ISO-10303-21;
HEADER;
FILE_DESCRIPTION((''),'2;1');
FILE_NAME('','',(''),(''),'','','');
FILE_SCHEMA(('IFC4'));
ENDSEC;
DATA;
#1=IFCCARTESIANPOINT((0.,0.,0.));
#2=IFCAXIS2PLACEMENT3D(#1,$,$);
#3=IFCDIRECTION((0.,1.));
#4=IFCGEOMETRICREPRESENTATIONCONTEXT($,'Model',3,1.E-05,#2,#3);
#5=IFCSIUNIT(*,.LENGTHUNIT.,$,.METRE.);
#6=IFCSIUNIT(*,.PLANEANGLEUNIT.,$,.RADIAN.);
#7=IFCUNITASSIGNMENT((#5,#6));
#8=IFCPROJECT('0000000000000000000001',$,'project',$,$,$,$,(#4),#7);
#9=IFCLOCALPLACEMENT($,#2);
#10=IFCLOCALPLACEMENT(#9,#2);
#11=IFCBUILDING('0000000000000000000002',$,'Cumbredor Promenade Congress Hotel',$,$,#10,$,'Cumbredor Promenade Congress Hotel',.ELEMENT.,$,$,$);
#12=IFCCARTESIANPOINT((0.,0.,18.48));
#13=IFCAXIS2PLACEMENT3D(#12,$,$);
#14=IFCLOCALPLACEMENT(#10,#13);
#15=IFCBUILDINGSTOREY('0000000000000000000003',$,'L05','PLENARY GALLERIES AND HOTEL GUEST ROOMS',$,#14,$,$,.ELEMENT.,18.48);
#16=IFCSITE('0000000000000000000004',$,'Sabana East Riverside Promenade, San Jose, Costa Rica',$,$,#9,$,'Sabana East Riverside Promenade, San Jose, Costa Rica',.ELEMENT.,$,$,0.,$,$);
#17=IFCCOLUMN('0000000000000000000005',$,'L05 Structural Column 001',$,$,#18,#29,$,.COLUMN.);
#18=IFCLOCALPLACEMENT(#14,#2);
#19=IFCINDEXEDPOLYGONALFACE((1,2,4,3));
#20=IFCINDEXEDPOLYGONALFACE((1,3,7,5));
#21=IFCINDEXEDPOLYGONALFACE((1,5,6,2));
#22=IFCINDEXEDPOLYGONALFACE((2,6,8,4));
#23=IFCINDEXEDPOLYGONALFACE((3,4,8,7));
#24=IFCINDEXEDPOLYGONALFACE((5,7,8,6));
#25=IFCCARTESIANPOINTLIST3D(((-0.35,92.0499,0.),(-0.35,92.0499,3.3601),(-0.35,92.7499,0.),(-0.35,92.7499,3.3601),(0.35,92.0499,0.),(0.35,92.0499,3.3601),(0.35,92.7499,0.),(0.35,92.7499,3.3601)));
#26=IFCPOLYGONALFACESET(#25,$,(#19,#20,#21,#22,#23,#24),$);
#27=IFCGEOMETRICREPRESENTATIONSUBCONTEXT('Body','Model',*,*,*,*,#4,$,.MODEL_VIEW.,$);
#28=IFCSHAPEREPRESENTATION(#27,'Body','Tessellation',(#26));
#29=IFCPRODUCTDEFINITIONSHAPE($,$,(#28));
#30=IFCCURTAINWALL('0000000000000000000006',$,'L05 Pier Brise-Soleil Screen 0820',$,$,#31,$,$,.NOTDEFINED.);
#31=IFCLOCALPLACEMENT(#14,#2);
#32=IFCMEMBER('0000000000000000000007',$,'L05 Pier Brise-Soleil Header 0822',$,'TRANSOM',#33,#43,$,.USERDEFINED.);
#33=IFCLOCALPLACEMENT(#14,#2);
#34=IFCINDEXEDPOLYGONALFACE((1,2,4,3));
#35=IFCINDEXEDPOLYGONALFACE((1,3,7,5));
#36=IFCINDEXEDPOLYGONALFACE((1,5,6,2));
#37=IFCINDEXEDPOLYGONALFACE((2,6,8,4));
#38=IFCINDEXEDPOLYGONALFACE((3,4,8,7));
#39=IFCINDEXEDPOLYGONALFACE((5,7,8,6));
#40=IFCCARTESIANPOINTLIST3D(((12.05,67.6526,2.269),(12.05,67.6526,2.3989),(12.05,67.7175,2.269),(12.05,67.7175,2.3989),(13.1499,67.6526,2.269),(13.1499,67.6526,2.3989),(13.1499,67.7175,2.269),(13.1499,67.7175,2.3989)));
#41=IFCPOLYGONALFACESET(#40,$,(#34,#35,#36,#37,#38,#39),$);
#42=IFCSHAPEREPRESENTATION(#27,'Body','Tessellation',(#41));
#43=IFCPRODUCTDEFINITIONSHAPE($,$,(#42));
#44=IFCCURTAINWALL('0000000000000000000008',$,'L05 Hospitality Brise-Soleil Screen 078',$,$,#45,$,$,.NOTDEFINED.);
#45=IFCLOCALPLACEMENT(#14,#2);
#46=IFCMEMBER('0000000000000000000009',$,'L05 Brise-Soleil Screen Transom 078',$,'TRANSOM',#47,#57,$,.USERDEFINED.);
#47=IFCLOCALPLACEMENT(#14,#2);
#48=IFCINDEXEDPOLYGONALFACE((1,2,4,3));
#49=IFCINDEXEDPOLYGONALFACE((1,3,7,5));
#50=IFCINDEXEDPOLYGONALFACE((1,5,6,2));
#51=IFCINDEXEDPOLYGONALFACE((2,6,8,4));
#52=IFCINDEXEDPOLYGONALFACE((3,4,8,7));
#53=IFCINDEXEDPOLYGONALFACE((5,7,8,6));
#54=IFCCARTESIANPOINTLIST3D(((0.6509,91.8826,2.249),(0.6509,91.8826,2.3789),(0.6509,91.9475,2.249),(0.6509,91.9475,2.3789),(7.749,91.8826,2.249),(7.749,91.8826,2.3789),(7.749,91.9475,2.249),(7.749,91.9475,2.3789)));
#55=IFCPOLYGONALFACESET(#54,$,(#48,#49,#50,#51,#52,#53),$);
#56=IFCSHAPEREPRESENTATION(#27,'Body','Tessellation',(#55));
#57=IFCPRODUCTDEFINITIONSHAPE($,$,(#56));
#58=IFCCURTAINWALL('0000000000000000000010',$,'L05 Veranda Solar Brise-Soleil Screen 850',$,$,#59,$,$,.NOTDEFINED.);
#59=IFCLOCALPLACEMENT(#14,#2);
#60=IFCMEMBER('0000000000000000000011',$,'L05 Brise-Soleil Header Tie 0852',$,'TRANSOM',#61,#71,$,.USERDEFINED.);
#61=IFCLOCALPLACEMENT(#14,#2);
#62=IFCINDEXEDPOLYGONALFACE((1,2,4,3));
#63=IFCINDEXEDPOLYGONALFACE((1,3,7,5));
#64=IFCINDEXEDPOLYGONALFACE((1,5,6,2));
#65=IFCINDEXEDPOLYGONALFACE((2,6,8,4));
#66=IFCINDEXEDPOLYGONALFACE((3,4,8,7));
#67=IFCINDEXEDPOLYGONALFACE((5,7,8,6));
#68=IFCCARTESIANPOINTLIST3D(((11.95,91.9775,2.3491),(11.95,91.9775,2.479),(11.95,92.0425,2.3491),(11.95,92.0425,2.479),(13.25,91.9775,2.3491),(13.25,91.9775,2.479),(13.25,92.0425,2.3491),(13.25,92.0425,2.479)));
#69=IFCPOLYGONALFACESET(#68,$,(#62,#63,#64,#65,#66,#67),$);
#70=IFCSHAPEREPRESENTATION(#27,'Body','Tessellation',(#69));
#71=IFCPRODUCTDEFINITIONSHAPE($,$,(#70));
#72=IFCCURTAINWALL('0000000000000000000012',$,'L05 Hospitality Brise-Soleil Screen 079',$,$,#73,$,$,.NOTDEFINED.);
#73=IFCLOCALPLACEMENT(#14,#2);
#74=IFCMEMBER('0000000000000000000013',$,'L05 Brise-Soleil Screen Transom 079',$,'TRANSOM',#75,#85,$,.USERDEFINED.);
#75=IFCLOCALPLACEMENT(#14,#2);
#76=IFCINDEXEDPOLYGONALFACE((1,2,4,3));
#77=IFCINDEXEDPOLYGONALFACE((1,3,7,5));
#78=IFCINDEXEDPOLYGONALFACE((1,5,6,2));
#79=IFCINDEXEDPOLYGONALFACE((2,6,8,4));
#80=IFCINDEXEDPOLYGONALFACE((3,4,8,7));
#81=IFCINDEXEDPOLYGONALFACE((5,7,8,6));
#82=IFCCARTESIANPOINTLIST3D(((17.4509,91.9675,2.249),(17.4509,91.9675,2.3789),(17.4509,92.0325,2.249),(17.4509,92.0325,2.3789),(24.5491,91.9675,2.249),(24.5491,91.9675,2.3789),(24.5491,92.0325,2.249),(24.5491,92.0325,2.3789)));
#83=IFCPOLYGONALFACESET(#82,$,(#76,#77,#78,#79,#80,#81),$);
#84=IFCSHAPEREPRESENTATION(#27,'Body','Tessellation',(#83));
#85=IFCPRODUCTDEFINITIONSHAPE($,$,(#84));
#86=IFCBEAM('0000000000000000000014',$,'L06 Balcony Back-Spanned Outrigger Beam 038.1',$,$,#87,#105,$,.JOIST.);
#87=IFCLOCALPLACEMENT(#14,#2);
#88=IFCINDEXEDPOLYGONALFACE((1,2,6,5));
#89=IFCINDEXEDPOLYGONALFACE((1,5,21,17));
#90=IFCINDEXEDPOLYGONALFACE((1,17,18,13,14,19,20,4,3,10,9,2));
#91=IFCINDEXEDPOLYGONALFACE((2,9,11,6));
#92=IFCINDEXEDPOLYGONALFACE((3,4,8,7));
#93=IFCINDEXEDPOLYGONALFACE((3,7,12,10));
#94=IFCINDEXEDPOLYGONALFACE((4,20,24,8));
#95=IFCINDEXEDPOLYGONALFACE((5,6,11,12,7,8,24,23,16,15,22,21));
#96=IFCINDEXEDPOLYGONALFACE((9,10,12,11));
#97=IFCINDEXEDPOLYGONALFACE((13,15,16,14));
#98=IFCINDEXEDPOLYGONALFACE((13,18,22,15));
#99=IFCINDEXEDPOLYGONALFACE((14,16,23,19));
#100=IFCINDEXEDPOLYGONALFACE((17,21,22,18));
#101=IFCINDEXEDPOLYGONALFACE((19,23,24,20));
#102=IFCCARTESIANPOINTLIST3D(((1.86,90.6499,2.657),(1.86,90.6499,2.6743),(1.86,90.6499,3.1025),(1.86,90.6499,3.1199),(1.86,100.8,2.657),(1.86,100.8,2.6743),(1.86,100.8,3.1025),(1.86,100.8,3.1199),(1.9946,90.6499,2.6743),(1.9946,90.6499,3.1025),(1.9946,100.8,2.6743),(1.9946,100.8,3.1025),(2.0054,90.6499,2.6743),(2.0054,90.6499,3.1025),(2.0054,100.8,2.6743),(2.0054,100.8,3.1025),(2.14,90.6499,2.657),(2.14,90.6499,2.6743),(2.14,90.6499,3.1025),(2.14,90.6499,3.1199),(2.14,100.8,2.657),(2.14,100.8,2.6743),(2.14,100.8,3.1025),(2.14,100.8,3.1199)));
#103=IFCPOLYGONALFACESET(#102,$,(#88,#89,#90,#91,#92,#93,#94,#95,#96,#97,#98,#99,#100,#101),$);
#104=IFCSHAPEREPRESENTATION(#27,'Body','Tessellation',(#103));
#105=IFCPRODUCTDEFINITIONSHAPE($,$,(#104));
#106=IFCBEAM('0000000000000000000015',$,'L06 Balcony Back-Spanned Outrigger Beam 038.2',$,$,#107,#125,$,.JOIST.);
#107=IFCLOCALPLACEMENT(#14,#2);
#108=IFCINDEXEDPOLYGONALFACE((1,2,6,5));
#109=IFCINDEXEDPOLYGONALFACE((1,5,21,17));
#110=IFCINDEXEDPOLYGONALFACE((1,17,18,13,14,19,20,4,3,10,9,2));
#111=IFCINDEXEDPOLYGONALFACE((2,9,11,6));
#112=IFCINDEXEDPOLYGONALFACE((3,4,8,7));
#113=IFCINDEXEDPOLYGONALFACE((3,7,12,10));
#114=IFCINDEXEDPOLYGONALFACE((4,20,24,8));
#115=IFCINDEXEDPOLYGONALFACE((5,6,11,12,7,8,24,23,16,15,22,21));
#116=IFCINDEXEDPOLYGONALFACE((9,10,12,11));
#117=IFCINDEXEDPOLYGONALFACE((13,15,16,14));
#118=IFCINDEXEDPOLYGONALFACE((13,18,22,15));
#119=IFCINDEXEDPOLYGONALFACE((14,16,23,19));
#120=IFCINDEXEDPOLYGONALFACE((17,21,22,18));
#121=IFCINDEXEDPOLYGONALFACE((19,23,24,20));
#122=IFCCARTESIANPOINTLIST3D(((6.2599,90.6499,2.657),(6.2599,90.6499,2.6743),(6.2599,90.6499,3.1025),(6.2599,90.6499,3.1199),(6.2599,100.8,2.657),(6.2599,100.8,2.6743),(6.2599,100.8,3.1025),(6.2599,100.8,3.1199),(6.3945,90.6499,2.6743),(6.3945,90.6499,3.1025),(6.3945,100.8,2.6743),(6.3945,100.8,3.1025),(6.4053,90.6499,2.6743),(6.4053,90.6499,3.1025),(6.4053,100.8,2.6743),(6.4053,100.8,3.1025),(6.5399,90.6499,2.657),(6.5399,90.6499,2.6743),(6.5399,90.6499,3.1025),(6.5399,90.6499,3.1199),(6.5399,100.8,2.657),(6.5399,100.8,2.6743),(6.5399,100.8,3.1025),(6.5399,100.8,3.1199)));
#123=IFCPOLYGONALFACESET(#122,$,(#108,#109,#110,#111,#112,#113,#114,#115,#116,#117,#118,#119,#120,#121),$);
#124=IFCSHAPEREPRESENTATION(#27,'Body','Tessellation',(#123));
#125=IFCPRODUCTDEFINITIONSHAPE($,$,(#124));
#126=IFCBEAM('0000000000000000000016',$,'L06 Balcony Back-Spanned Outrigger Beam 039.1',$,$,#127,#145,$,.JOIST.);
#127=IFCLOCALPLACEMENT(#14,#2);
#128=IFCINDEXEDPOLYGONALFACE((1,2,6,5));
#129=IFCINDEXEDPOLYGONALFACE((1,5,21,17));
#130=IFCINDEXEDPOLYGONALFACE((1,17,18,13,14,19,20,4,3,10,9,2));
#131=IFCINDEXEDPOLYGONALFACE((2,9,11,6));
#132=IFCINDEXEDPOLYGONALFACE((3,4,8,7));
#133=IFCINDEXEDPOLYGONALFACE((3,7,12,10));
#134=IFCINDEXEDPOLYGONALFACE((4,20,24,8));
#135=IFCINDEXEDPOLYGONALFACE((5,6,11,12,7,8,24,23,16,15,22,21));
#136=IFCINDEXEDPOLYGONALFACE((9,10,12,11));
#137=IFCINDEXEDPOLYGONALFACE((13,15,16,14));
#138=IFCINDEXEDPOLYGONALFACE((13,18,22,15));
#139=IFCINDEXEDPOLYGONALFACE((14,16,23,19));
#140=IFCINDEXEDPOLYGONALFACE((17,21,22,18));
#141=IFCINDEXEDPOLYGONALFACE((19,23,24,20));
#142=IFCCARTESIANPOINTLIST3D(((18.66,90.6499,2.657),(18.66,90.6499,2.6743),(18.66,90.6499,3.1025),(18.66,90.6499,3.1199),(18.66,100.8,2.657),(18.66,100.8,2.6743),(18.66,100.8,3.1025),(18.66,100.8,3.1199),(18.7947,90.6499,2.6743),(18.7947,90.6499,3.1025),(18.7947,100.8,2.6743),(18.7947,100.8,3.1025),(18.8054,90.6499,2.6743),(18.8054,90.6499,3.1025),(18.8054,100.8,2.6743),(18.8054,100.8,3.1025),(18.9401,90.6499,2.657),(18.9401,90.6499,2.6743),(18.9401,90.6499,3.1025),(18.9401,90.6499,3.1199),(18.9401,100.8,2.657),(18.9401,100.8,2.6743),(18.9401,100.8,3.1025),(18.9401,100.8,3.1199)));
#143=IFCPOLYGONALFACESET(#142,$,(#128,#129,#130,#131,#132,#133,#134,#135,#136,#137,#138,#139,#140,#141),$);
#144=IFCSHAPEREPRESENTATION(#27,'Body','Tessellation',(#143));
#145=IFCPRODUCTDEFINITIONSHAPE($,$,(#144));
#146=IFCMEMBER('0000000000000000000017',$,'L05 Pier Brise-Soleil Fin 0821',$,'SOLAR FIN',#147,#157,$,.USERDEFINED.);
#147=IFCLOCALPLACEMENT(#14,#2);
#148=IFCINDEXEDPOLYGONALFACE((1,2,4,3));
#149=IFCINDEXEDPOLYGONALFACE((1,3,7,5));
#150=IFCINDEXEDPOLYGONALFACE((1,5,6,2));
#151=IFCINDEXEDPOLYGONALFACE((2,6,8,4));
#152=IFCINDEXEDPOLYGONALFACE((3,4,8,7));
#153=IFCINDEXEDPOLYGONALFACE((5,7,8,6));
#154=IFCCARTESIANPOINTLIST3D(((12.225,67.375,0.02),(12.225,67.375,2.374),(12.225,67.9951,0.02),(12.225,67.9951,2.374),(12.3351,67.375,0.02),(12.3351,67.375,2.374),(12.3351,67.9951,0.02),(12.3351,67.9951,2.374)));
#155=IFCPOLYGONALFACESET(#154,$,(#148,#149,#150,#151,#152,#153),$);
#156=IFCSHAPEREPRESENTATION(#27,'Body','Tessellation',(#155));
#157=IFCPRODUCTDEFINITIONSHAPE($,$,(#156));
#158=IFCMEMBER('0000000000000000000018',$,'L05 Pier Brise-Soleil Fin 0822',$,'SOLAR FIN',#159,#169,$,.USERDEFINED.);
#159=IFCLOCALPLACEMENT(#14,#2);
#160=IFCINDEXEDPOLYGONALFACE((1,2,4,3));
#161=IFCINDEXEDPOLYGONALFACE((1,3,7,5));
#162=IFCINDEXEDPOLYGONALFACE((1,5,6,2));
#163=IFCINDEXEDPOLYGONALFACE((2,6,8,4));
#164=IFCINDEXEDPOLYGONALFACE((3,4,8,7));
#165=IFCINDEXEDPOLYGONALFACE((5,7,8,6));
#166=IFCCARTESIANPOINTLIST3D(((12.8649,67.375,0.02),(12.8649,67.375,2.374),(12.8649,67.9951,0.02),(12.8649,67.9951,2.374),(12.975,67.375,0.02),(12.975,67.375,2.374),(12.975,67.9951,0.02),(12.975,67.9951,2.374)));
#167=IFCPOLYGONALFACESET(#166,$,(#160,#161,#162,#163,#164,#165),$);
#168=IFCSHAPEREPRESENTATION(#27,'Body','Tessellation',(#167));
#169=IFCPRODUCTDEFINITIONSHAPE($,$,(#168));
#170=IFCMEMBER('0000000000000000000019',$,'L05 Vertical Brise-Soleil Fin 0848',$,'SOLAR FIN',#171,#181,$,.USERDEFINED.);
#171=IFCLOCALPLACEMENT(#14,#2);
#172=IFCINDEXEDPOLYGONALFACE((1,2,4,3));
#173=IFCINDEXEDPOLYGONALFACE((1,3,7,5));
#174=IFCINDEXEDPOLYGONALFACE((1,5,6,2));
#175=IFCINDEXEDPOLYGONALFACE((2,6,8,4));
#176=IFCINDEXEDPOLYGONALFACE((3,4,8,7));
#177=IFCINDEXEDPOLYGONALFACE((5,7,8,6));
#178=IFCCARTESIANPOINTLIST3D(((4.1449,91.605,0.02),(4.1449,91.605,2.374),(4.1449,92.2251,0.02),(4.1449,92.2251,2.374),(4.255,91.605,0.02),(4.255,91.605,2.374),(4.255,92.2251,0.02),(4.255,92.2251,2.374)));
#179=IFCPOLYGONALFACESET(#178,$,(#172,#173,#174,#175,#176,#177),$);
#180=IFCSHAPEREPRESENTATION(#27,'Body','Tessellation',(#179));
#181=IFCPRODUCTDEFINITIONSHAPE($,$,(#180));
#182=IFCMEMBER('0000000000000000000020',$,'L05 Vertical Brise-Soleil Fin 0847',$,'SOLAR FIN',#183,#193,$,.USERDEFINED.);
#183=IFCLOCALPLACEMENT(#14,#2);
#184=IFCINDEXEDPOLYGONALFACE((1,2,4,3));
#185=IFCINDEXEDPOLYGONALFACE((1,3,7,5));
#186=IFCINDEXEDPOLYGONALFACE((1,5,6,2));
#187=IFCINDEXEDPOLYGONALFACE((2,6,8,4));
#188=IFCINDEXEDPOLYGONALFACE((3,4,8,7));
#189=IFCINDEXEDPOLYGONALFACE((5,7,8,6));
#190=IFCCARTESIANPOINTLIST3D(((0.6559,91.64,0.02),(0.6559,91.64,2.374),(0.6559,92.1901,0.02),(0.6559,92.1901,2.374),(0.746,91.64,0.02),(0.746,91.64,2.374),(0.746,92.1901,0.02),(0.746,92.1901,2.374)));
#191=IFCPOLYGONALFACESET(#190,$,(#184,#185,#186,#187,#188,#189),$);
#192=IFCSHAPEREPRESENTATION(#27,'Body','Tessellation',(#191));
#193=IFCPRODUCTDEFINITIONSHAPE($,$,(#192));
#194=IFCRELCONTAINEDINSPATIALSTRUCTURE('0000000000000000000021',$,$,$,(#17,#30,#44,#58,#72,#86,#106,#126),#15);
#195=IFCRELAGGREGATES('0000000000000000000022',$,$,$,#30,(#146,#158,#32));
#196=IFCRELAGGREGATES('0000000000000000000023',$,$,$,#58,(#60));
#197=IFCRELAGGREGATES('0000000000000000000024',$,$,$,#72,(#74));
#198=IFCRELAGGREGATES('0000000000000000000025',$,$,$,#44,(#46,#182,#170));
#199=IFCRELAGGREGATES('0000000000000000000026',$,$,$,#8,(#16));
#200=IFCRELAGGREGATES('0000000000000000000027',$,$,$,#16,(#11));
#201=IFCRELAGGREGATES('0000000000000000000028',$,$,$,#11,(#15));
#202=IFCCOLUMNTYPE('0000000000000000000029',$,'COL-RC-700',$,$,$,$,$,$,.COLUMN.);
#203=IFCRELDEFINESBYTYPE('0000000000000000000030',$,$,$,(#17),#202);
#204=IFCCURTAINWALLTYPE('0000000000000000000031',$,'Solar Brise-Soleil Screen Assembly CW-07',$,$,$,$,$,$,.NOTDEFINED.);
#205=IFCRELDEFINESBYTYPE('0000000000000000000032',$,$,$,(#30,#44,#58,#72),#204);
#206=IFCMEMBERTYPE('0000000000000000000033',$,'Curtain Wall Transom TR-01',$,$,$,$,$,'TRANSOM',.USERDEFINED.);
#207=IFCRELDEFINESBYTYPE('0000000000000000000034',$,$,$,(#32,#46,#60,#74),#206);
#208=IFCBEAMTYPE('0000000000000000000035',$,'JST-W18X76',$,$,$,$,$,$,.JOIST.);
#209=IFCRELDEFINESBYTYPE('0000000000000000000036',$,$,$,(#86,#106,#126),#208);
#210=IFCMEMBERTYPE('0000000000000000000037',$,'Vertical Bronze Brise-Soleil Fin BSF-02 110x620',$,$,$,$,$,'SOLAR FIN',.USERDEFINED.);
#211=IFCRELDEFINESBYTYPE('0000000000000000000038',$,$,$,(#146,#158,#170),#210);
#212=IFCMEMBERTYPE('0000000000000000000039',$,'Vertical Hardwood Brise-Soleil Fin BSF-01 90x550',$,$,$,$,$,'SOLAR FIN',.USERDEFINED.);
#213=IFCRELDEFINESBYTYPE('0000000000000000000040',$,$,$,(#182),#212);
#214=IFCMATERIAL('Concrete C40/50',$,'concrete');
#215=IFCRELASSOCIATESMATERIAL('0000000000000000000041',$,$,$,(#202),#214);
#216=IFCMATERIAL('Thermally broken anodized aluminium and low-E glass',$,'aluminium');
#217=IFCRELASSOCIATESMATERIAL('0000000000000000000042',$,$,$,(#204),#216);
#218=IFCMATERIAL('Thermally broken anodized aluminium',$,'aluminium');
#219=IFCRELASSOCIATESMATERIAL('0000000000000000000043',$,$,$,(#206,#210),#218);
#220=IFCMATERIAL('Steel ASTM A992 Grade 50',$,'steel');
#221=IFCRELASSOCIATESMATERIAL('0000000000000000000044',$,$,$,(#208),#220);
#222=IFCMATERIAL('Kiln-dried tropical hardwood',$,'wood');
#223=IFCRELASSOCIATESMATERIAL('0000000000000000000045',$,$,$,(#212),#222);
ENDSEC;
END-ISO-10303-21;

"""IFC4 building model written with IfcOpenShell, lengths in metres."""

from ifc_helpers import new_model, si_unit, direction, frame, origin, origin_2d, place, context, subcontext, project, spatial, rectangle, i_section, extrude, material, material_profile, profile_set, type_object, element, aggregate, save


model = new_model("IFC4")

# Units and contexts
model_context = context("Model", 3, precision=1e-05, world=origin(), true_north=direction((0.0, 1.0)))
body_context = subcontext(model_context, "Body", "Model", "MODEL_VIEW")
ifc_project = project(units=[si_unit("LENGTHUNIT", "METRE"), si_unit("PLANEANGLEUNIT", "RADIAN")], contexts=[model_context])

# Site, building, storey
site_placement = place(None, origin())
site = spatial("IfcSite", under=ifc_project, at=site_placement, Name="Sabana East Riverside Promenade, San Jose, Costa Rica", LongName="Sabana East Riverside Promenade, San Jose, Costa Rica", CompositionType="ELEMENT", RefElevation=0.0)
building_placement = place(site_placement, origin())
building = spatial("IfcBuilding", under=site, at=building_placement, Name="Cumbredor Promenade Congress Hotel", LongName="Cumbredor Promenade Congress Hotel", CompositionType="ELEMENT")
storey_placement = place(building_placement, frame((0.0, 0.0, 18.48)))
storey = spatial("IfcBuildingStorey", under=building, at=storey_placement, Name="L05", Description="PLENARY GALLERIES AND HOTEL GUEST ROOMS", CompositionType="ELEMENT", Elevation=18.48)

# Column
ifc_material_1 = material(Name="Concrete C40/50", Category="concrete")
ifc_material_profile_1 = material_profile(ifc_material_1, rectangle(XDim=0.7, YDim=0.7, at=origin_2d()), Name="RC 700x700")
ifc_profile_set_1 = profile_set([ifc_material_profile_1], Name="Concrete C40/50")
column_type = type_object("IfcColumnType", Name="COL-RC-700", PredefinedType="COLUMN", material=ifc_profile_set_1)
column_placement = place(storey_placement, frame((0.0, 92.3999, 0.0), z_axis=(0.0, 0.0, 1.0), x_axis=(1.0, 0.0, 0.0)))
element("IfcColumn", 1, at=column_placement, inside=storey, type_object=column_type, Name="L05 Structural Column 001", PredefinedType="COLUMN", context=body_context, shape_type="SweptSolid", body=[
    extrude(rectangle(XDim=0.7, YDim=0.7, at=origin_2d()), origin(), (0.0, 0.0, 1.0), 3.3601),
])

# Curtain walls, members
ifc_material_2 = material(Name="Thermally broken anodized aluminium and low-E glass", Category="aluminium")
curtain_wall_type = type_object("IfcCurtainWallType", Name="Solar Brise-Soleil Screen Assembly CW-07", PredefinedType="NOTDEFINED", material=ifc_material_2)
curtain_wall_1_placement = place(storey_placement, origin())
curtain_wall_1 = element("IfcCurtainWall", 2, at=curtain_wall_1_placement, inside=storey, type_object=curtain_wall_type, Name="L05 Pier Brise-Soleil Screen 0820", PredefinedType="NOTDEFINED")
ifc_material_3 = material(Name="Thermally broken anodized aluminium", Category="aluminium")
ifc_material_profile_2 = material_profile(ifc_material_3, rectangle(XDim=0.0649, YDim=0.1299, at=origin_2d()), Name="ALU TRANSOM 65x130")
ifc_profile_set_2 = profile_set([ifc_material_profile_2], Name="Thermally broken anodized aluminium")
member_type_1 = type_object("IfcMemberType", Name="Curtain Wall Transom TR-01", ElementType="TRANSOM", PredefinedType="USERDEFINED", material=ifc_profile_set_2)
member_1_placement = place(storey_placement, frame((12.05, 67.6851, 2.334), z_axis=(1.0, 0.0, 0.0), x_axis=(0.0, 1.0, 0.0)))
member_1 = element("IfcMember", 3, at=member_1_placement, type_object=member_type_1, Name="L05 Pier Brise-Soleil Header 0822", ObjectType="TRANSOM", PredefinedType="USERDEFINED", context=body_context, shape_type="SweptSolid", body=[
    extrude(rectangle(XDim=0.0649, YDim=0.1299, at=origin_2d()), origin(), (0.0, 0.0, 1.0), 1.0999),
])
curtain_wall_2_placement = place(storey_placement, origin())
curtain_wall_2 = element("IfcCurtainWall", 4, at=curtain_wall_2_placement, inside=storey, type_object=curtain_wall_type, Name="L05 Hospitality Brise-Soleil Screen 078", PredefinedType="NOTDEFINED")
member_2_placement = place(storey_placement, frame((0.6509, 91.915, 2.314), z_axis=(1.0, 0.0, 0.0), x_axis=(0.0, 1.0, 0.0)))
member_2 = element("IfcMember", 5, at=member_2_placement, type_object=member_type_1, Name="L05 Brise-Soleil Screen Transom 078", ObjectType="TRANSOM", PredefinedType="USERDEFINED", context=body_context, shape_type="SweptSolid", body=[
    extrude(rectangle(XDim=0.0649, YDim=0.1299, at=origin_2d()), origin(), (0.0, 0.0, 1.0), 7.0981),
])
curtain_wall_3_placement = place(storey_placement, origin())
curtain_wall_3 = element("IfcCurtainWall", 6, at=curtain_wall_3_placement, inside=storey, type_object=curtain_wall_type, Name="L05 Veranda Solar Brise-Soleil Screen 850", PredefinedType="NOTDEFINED")
member_3_placement = place(storey_placement, frame((11.95, 92.01, 2.4141), z_axis=(1.0, 0.0, 0.0), x_axis=(0.0, 1.0, 0.0)))
member_3 = element("IfcMember", 7, at=member_3_placement, type_object=member_type_1, Name="L05 Brise-Soleil Header Tie 0852", ObjectType="TRANSOM", PredefinedType="USERDEFINED", context=body_context, shape_type="SweptSolid", body=[
    extrude(rectangle(XDim=0.0649, YDim=0.1299, at=origin_2d()), origin(), (0.0, 0.0, 1.0), 1.3),
])
curtain_wall_4_placement = place(storey_placement, origin())
curtain_wall_4 = element("IfcCurtainWall", 8, at=curtain_wall_4_placement, inside=storey, type_object=curtain_wall_type, Name="L05 Hospitality Brise-Soleil Screen 079", PredefinedType="NOTDEFINED")
member_4_placement = place(storey_placement, frame((17.4509, 92.0, 2.314), z_axis=(1.0, 0.0, 0.0), x_axis=(0.0, 1.0, 0.0)))
member_4 = element("IfcMember", 9, at=member_4_placement, type_object=member_type_1, Name="L05 Brise-Soleil Screen Transom 079", ObjectType="TRANSOM", PredefinedType="USERDEFINED", context=body_context, shape_type="SweptSolid", body=[
    extrude(rectangle(XDim=0.0649, YDim=0.1299, at=origin_2d()), origin(), (0.0, 0.0, 1.0), 7.0981),
])

# Beams
ifc_material_4 = material(Name="Steel ASTM A992 Grade 50", Category="steel")
ifc_material_profile_3 = material_profile(ifc_material_4, i_section(OverallWidth=0.28, OverallDepth=0.4629, WebThickness=0.0107, FlangeThickness=0.0173, at=origin_2d()), Name="W18X76")
ifc_profile_set_3 = profile_set([ifc_material_profile_3], Name="Steel ASTM A992 Grade 50")
beam_type = type_object("IfcBeamType", Name="JST-W18X76", PredefinedType="JOIST", material=ifc_profile_set_3)
for number, where, z_axis, x_axis, name in (
    (10, (2.0, 90.6499, 2.8884), (0.0, 1.0, 0.0), (-1.0, 0.0, 0.0), "L06 Balcony Back-Spanned Outrigger Beam 038.1"),
    (11, (6.3999, 90.6499, 2.8884), (0.0, 1.0, 0.0), (-1.0, 0.0, 0.0), "L06 Balcony Back-Spanned Outrigger Beam 038.2"),
    (12, (18.8, 90.6499, 2.8884), (0.0, 1.0, 0.0), (-1.0, 0.0, 0.0), "L06 Balcony Back-Spanned Outrigger Beam 039.1"),
):
    element("IfcBeam", number, at=place(storey_placement, frame(where, z_axis=z_axis, x_axis=x_axis)), inside=storey, type_object=beam_type, Name=name, PredefinedType="JOIST", context=body_context, shape_type="SweptSolid", body=[
        extrude(i_section(OverallWidth=0.28, OverallDepth=0.4629, WebThickness=0.0107, FlangeThickness=0.0173, at=origin_2d()), origin(), (0.0, 0.0, 1.0), 10.1501),
    ])

# Members
ifc_material_profile_4 = material_profile(ifc_material_3, rectangle(XDim=0.1101, YDim=0.6201, at=origin_2d()), Name="ARCH FIN 110x620")
ifc_profile_set_4 = profile_set([ifc_material_profile_4], Name="Thermally broken anodized aluminium")
member_type_2 = type_object("IfcMemberType", Name="Vertical Bronze Brise-Soleil Fin BSF-02 110x620", ElementType="SOLAR FIN", PredefinedType="USERDEFINED", material=ifc_profile_set_4)
member_5_placement = place(storey_placement, frame((12.28, 67.6851, 0.02), z_axis=(0.0, 0.0, 1.0), x_axis=(1.0, 0.0, 0.0)))
member_5 = element("IfcMember", 13, at=member_5_placement, type_object=member_type_2, Name="L05 Pier Brise-Soleil Fin 0821", ObjectType="SOLAR FIN", PredefinedType="USERDEFINED", context=body_context, shape_type="SweptSolid", body=[
    extrude(rectangle(XDim=0.1101, YDim=0.6201, at=origin_2d()), origin(), (0.0, 0.0, 1.0), 2.354),
])
member_6_placement = place(storey_placement, frame((12.9199, 67.6851, 0.02), z_axis=(0.0, 0.0, 1.0), x_axis=(1.0, 0.0, 0.0)))
member_6 = element("IfcMember", 14, at=member_6_placement, type_object=member_type_2, Name="L05 Pier Brise-Soleil Fin 0822", ObjectType="SOLAR FIN", PredefinedType="USERDEFINED", context=body_context, shape_type="SweptSolid", body=[
    extrude(rectangle(XDim=0.1101, YDim=0.6201, at=origin_2d()), origin(), (0.0, 0.0, 1.0), 2.354),
])
aggregate(curtain_wall_1, [member_5, member_6, member_1])
member_7_placement = place(storey_placement, frame((4.2, 91.915, 0.02), z_axis=(0.0, 0.0, 1.0), x_axis=(1.0, 0.0, 0.0)))
member_7 = element("IfcMember", 15, at=member_7_placement, type_object=member_type_2, Name="L05 Vertical Brise-Soleil Fin 0848", ObjectType="SOLAR FIN", PredefinedType="USERDEFINED", context=body_context, shape_type="SweptSolid", body=[
    extrude(rectangle(XDim=0.1101, YDim=0.6201, at=origin_2d()), origin(), (0.0, 0.0, 1.0), 2.354),
])
ifc_material_5 = material(Name="Kiln-dried tropical hardwood", Category="wood")
ifc_material_profile_5 = material_profile(ifc_material_5, rectangle(XDim=0.0901, YDim=0.55, at=origin_2d()), Name="ARCH FIN 90x550")
ifc_profile_set_5 = profile_set([ifc_material_profile_5], Name="Kiln-dried tropical hardwood")
member_type_3 = type_object("IfcMemberType", Name="Vertical Hardwood Brise-Soleil Fin BSF-01 90x550", ElementType="SOLAR FIN", PredefinedType="USERDEFINED", material=ifc_profile_set_5)
member_8_placement = place(storey_placement, frame((0.7009, 91.915, 0.02), z_axis=(0.0, 0.0, 1.0), x_axis=(1.0, 0.0, 0.0)))
member_8 = element("IfcMember", 16, at=member_8_placement, type_object=member_type_3, Name="L05 Vertical Brise-Soleil Fin 0847", ObjectType="SOLAR FIN", PredefinedType="USERDEFINED", context=body_context, shape_type="SweptSolid", body=[
    extrude(rectangle(XDim=0.0901, YDim=0.55, at=origin_2d()), origin(), (0.0, 0.0, 1.0), 2.354),
])
aggregate(curtain_wall_3, [member_3])
aggregate(curtain_wall_4, [member_4])

aggregate(curtain_wall_2, [member_2, member_8, member_7])

save(model, "model.ifc")
